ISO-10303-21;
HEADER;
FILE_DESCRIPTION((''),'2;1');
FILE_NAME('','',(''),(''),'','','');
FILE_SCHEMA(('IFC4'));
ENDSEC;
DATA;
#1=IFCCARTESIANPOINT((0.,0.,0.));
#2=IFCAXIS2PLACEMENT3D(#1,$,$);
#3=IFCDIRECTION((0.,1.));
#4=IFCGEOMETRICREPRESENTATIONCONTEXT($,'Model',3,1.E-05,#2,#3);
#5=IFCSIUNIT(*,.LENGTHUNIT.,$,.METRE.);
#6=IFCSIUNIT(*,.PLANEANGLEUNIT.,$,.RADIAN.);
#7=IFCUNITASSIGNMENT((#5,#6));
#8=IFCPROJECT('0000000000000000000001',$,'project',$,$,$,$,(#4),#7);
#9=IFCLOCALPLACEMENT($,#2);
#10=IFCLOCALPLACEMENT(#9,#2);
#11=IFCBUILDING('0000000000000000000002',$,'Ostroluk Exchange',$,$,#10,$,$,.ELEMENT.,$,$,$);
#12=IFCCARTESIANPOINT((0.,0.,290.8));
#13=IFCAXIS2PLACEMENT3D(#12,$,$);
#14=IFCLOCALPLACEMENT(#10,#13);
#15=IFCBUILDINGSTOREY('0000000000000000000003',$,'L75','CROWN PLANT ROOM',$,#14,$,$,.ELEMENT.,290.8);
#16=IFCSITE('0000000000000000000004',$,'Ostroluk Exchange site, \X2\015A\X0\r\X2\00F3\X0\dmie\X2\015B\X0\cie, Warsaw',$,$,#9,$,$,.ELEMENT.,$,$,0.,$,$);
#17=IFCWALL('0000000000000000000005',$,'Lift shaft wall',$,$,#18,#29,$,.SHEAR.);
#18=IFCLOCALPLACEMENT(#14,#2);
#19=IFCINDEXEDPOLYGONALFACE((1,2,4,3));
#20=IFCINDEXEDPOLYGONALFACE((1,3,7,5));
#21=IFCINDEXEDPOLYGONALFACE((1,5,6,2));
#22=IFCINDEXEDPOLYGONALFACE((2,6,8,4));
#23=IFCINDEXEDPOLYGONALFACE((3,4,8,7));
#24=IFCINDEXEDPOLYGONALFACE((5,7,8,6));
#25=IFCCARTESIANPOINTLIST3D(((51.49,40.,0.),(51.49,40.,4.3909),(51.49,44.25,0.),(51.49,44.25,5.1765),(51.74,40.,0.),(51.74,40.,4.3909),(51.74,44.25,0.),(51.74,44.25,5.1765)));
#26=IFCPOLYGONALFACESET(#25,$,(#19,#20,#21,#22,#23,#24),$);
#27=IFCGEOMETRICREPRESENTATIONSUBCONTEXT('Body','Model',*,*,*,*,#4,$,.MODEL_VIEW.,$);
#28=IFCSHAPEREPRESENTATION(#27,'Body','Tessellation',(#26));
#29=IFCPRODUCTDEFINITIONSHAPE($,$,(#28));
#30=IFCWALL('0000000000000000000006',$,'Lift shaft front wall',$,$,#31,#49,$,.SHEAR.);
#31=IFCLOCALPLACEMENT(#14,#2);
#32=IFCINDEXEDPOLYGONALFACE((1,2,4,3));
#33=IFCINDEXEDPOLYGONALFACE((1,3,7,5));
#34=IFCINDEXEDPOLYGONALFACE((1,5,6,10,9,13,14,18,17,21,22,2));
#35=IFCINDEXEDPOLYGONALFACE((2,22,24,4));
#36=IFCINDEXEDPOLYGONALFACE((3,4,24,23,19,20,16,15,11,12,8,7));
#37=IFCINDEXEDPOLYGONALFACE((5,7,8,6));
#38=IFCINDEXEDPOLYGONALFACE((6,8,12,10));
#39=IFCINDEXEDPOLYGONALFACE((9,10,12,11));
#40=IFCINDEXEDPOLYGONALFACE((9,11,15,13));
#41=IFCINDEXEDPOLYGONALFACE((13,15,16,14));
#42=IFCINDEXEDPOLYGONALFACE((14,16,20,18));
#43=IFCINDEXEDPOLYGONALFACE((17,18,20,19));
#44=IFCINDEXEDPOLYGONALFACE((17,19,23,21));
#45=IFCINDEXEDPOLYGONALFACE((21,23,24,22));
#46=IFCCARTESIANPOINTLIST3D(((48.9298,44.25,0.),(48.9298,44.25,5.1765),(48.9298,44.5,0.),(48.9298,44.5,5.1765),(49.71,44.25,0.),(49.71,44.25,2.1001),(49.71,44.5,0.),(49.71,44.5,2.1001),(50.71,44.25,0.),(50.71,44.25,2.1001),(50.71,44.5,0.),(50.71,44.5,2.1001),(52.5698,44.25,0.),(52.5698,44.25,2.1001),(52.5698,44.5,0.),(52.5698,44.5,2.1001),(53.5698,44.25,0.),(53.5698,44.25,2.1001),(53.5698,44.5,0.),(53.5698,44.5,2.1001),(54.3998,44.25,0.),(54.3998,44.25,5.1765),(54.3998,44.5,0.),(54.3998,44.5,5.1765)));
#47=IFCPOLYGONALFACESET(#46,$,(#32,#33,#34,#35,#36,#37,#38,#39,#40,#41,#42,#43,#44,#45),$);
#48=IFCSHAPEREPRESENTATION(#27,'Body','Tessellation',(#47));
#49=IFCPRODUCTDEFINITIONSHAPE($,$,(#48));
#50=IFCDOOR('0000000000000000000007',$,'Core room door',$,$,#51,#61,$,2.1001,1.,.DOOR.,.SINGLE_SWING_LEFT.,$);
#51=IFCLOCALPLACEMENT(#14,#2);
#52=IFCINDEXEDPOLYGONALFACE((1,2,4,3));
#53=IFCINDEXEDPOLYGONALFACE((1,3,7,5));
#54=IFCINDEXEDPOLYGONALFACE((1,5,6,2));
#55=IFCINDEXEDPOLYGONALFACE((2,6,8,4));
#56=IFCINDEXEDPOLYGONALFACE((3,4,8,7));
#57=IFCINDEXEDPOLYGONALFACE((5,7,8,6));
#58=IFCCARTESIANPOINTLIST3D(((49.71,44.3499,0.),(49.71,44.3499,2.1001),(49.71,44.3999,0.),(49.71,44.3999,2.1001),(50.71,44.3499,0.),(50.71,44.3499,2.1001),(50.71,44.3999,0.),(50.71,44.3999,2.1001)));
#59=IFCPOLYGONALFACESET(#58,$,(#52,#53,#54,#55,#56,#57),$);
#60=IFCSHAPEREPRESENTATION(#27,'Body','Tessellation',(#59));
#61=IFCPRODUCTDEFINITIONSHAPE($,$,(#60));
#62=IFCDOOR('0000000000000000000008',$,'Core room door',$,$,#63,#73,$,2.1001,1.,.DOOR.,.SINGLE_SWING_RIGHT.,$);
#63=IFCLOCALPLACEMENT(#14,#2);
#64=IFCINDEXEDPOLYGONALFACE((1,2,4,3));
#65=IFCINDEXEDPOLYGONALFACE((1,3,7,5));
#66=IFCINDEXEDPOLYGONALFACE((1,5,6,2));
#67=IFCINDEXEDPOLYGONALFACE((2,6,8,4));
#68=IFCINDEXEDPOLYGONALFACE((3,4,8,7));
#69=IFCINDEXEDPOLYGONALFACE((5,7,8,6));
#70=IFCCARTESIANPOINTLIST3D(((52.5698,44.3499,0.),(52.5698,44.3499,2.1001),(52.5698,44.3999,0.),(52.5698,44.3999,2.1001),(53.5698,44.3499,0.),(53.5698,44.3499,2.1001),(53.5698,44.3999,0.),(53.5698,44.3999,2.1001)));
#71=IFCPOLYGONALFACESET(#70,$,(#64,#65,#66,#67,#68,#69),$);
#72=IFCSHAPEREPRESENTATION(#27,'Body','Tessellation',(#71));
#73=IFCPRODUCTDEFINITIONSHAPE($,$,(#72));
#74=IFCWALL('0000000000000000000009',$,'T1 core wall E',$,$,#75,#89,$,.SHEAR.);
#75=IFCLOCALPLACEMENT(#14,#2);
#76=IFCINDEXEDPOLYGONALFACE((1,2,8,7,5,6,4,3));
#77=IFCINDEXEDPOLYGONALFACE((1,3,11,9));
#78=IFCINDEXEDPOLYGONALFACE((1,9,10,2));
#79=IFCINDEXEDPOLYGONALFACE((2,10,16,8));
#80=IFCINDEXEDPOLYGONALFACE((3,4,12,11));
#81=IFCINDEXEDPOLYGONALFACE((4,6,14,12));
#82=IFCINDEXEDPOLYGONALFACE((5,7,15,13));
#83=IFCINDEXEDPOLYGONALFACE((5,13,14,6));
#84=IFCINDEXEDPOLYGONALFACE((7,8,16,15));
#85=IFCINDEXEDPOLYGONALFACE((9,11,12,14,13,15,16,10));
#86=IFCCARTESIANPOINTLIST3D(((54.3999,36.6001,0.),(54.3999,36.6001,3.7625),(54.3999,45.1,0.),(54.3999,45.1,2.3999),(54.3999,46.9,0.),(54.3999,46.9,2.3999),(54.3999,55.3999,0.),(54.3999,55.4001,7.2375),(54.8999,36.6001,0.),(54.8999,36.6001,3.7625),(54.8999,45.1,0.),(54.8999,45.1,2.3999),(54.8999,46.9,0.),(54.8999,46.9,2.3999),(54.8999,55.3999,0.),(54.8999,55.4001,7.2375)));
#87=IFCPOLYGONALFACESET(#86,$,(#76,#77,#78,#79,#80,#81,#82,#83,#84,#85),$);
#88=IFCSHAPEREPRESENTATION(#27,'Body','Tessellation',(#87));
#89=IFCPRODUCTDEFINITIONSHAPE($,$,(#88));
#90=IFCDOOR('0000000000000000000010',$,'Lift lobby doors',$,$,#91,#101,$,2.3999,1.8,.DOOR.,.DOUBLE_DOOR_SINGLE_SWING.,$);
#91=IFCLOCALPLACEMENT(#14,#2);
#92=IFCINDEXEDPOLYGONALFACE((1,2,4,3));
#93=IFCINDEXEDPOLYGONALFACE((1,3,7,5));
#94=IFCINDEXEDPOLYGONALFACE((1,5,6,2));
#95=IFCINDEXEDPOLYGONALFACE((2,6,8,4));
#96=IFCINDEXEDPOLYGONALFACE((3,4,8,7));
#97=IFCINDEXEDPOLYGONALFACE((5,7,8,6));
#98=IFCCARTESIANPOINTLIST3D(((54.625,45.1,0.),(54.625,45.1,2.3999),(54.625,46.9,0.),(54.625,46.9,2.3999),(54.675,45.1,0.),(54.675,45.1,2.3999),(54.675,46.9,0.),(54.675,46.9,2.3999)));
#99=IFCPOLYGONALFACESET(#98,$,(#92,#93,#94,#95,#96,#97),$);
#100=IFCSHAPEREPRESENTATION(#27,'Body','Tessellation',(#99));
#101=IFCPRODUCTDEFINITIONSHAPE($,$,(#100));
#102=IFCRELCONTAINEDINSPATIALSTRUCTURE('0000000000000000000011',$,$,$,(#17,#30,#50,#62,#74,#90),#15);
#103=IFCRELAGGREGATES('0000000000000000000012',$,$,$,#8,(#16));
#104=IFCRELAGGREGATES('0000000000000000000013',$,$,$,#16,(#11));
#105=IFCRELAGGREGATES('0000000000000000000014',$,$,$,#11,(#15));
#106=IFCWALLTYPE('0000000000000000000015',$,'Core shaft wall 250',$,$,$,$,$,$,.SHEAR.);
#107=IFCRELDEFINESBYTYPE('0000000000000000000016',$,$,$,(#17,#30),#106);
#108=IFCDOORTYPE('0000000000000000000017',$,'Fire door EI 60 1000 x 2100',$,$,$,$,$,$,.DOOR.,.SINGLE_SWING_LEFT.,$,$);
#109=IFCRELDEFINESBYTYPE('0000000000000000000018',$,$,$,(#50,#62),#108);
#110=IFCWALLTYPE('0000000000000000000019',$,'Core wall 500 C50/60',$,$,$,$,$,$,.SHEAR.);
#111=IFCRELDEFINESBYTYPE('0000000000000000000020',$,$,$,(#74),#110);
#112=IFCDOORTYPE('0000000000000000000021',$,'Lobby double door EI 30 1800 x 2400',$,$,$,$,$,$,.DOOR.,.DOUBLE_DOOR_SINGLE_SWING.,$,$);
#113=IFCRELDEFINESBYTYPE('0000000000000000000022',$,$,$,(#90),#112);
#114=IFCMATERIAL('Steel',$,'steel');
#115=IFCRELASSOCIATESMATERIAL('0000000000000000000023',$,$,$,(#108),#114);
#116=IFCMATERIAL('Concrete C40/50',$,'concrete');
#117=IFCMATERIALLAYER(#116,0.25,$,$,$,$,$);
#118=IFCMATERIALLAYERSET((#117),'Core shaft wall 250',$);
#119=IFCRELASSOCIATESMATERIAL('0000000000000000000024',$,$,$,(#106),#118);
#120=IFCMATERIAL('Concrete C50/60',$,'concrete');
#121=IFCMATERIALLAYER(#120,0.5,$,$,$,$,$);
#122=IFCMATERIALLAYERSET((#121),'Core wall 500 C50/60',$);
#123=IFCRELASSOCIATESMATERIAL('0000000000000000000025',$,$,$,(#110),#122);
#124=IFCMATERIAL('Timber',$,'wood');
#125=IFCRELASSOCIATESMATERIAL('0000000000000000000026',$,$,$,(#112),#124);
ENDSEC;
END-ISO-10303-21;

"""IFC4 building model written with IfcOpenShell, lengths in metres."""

from ifc_helpers import new_model, si_unit, direction, frame, frame_2d, origin, place, context, subcontext, project, spatial, polyline, rectangle, outline, extrude, material, layer, layer_set, type_object, element, fill, save


model = new_model("IFC4")

# Units and contexts
model_context = context("Model", 3, precision=1e-05, world=origin(), true_north=direction((0.0, 1.0)))
body_context = subcontext(model_context, "Body", "Model", "MODEL_VIEW")
ifc_project = project(units=[si_unit("LENGTHUNIT", "METRE"), si_unit("PLANEANGLEUNIT", "RADIAN")], contexts=[model_context])

# Site, building, storey
site_placement = place(None, origin())
site = spatial("IfcSite", under=ifc_project, at=site_placement, Name="Ostroluk Exchange site, Śródmieście, Warsaw", CompositionType="ELEMENT", RefElevation=0.0)
building_placement = place(site_placement, origin())
building = spatial("IfcBuilding", under=site, at=building_placement, Name="Ostroluk Exchange", CompositionType="ELEMENT")
storey_placement = place(building_placement, frame((0.0, 0.0, 290.8)))
storey = spatial("IfcBuildingStorey", under=building, at=storey_placement, Name="L75", Description="CROWN PLANT ROOM", CompositionType="ELEMENT", Elevation=290.8)

# Shared definitions
ifc_material_1 = material(Name="Steel", Category="steel")
door_type_1 = type_object("IfcDoorType", Name="Fire door EI 60 1000 x 2100", OperationType="SINGLE_SWING_LEFT", PredefinedType="DOOR", material=ifc_material_1)

# Wall
ifc_material_2 = material(Name="Concrete C40/50", Category="concrete")
ifc_layer_1 = layer(ifc_material_2, 0.25)
ifc_layer_set_1 = layer_set([ifc_layer_1], Name="Core shaft wall 250")
wall_type_1 = type_object("IfcWallType", Name="Core shaft wall 250", PredefinedType="SHEAR", material=ifc_layer_set_1)
wall_1_placement = place(storey_placement, frame((51.615, 44.25, 0.0), z_axis=(0.0, 0.0, 1.0), x_axis=(0.0, -1.0, 0.0)))
element("IfcWall", 1, at=wall_1_placement, inside=storey, type_object=wall_type_1, Name="Lift shaft wall", PredefinedType="SHEAR", context=body_context, shape_type="SweptSolid", body=[
    extrude(outline(polyline([(0.0, 0.0), (4.25, 0.0), (4.25, 4.3909), (0.0, 5.1765), (0.0, 0.0)])), frame((0.0, 0.125, 0.0), z_axis=(0.0, -1.0, 0.0), x_axis=(1.0, 0.0, 0.0)), (0.0, 0.0, 1.0), 0.25),
])

# Wall, openings, doors
wall_2_placement = place(storey_placement, frame((48.9299, 44.375, 0.0), z_axis=(0.0, 0.0, 1.0), x_axis=(1.0, 0.0, 0.0)))
wall_2 = element("IfcWall", 2, at=wall_2_placement, inside=storey, type_object=wall_type_1, Name="Lift shaft front wall", PredefinedType="SHEAR", context=body_context, shape_type="SweptSolid", body=[
    extrude(rectangle(XDim=5.47, YDim=0.25, at=frame_2d((2.7349, 0.0))), origin(), (0.0, 0.0, 1.0), 5.1765),
])
opening_1_placement = place(wall_2_placement, frame((0.78, 0.0, 0.0)))
opening_1 = element("IfcOpeningElement", 3, at=opening_1_placement, cuts=wall_2, PredefinedType="OPENING", context=body_context, shape_type="SweptSolid", body=[
    extrude(rectangle(XDim=1.0, YDim=2.1001, at=frame_2d((0.5, 1.05))), frame((0.0, 0.135, 0.0), z_axis=(0.0, -1.0, 0.0), x_axis=(1.0, 0.0, 0.0)), (0.0, 0.0, 1.0), 0.27),
])
opening_2_placement = place(wall_2_placement, frame((3.6399, 0.0, 0.0)))
opening_2 = element("IfcOpeningElement", 4, at=opening_2_placement, cuts=wall_2, PredefinedType="OPENING", context=body_context, shape_type="SweptSolid", body=[
    extrude(rectangle(XDim=1.0, YDim=2.1001, at=frame_2d((0.5, 1.05))), frame((0.0, 0.135, 0.0), z_axis=(0.0, -1.0, 0.0), x_axis=(1.0, 0.0, 0.0)), (0.0, 0.0, 1.0), 0.27),
])
door_1_placement = place(opening_1_placement, origin())
door_1 = element("IfcDoor", 5, at=door_1_placement, inside=storey, type_object=door_type_1, Name="Core room door", OperationType="SINGLE_SWING_LEFT", OverallHeight=2.1001, OverallWidth=1.0, PredefinedType="DOOR", context=body_context, shape_type="SweptSolid", body=[
    extrude(rectangle(XDim=1.0, YDim=2.1001, at=frame_2d((0.5, 1.05))), frame((0.0, 0.0249, 0.0), z_axis=(0.0, -1.0, 0.0), x_axis=(1.0, 0.0, 0.0)), (0.0, 0.0, 1.0), 0.05),
])
fill(opening_1, door_1)
door_2_placement = place(opening_2_placement, origin())
door_2 = element("IfcDoor", 6, at=door_2_placement, inside=storey, type_object=door_type_1, Name="Core room door", OperationType="SINGLE_SWING_RIGHT", OverallHeight=2.1001, OverallWidth=1.0, PredefinedType="DOOR", context=body_context, shape_type="SweptSolid", body=[
    extrude(rectangle(XDim=1.0, YDim=2.1001, at=frame_2d((0.5, 1.05))), frame((0.0, 0.0249, 0.0), z_axis=(0.0, -1.0, 0.0), x_axis=(1.0, 0.0, 0.0)), (0.0, 0.0, 1.0), 0.05),
])
fill(opening_2, door_2)

# Wall, opening, door
ifc_material_3 = material(Name="Concrete C50/60", Category="concrete")
ifc_layer_2 = layer(ifc_material_3, 0.5)
ifc_layer_set_2 = layer_set([ifc_layer_2], Name="Core wall 500 C50/60")
wall_type_2 = type_object("IfcWallType", Name="Core wall 500 C50/60", PredefinedType="SHEAR", material=ifc_layer_set_2)
wall_3_placement = place(storey_placement, frame((54.6499, 36.6001, 0.0), z_axis=(0.0, 0.0, 1.0), x_axis=(0.0, 1.0, 0.0)))
wall_3 = element("IfcWall", 7, at=wall_3_placement, inside=storey, type_object=wall_type_2, Name="T1 core wall E", PredefinedType="SHEAR", context=body_context, shape_type="SweptSolid", body=[
    extrude(outline(polyline([(0.0, 0.0), (18.7998, 0.0), (18.8, 7.2375), (0.0, 3.7625), (0.0, 0.0)])), frame((0.0, 0.25, 0.0), z_axis=(0.0, -1.0, 0.0), x_axis=(1.0, 0.0, 0.0)), (0.0, 0.0, 1.0), 0.5),
])
opening_3_placement = place(wall_3_placement, frame((8.5, 0.0, 0.0)))
opening_3 = element("IfcOpeningElement", 8, at=opening_3_placement, cuts=wall_3, PredefinedType="OPENING", context=body_context, shape_type="SweptSolid", body=[
    extrude(rectangle(XDim=1.8, YDim=2.3999, at=frame_2d((0.8999, 1.2))), frame((0.0, 0.26, 0.0), z_axis=(0.0, -1.0, 0.0), x_axis=(1.0, 0.0, 0.0)), (0.0, 0.0, 1.0), 0.52),
])
ifc_material_4 = material(Name="Timber", Category="wood")
door_type_2 = type_object("IfcDoorType", Name="Lobby double door EI 30 1800 x 2400", OperationType="DOUBLE_DOOR_SINGLE_SWING", PredefinedType="DOOR", material=ifc_material_4)
door_3_placement = place(opening_3_placement, origin())
door_3 = element("IfcDoor", 9, at=door_3_placement, inside=storey, type_object=door_type_2, Name="Lift lobby doors", OperationType="DOUBLE_DOOR_SINGLE_SWING", OverallHeight=2.3999, OverallWidth=1.8, PredefinedType="DOOR", context=body_context, shape_type="SweptSolid", body=[
    extrude(rectangle(XDim=1.8, YDim=2.3999, at=frame_2d((0.8999, 1.2))), frame((0.0, 0.0249, 0.0), z_axis=(0.0, -1.0, 0.0), x_axis=(1.0, 0.0, 0.0)), (0.0, 0.0, 1.0), 0.05),
])
fill(opening_3, door_3)

save(model, "model.ifc")
